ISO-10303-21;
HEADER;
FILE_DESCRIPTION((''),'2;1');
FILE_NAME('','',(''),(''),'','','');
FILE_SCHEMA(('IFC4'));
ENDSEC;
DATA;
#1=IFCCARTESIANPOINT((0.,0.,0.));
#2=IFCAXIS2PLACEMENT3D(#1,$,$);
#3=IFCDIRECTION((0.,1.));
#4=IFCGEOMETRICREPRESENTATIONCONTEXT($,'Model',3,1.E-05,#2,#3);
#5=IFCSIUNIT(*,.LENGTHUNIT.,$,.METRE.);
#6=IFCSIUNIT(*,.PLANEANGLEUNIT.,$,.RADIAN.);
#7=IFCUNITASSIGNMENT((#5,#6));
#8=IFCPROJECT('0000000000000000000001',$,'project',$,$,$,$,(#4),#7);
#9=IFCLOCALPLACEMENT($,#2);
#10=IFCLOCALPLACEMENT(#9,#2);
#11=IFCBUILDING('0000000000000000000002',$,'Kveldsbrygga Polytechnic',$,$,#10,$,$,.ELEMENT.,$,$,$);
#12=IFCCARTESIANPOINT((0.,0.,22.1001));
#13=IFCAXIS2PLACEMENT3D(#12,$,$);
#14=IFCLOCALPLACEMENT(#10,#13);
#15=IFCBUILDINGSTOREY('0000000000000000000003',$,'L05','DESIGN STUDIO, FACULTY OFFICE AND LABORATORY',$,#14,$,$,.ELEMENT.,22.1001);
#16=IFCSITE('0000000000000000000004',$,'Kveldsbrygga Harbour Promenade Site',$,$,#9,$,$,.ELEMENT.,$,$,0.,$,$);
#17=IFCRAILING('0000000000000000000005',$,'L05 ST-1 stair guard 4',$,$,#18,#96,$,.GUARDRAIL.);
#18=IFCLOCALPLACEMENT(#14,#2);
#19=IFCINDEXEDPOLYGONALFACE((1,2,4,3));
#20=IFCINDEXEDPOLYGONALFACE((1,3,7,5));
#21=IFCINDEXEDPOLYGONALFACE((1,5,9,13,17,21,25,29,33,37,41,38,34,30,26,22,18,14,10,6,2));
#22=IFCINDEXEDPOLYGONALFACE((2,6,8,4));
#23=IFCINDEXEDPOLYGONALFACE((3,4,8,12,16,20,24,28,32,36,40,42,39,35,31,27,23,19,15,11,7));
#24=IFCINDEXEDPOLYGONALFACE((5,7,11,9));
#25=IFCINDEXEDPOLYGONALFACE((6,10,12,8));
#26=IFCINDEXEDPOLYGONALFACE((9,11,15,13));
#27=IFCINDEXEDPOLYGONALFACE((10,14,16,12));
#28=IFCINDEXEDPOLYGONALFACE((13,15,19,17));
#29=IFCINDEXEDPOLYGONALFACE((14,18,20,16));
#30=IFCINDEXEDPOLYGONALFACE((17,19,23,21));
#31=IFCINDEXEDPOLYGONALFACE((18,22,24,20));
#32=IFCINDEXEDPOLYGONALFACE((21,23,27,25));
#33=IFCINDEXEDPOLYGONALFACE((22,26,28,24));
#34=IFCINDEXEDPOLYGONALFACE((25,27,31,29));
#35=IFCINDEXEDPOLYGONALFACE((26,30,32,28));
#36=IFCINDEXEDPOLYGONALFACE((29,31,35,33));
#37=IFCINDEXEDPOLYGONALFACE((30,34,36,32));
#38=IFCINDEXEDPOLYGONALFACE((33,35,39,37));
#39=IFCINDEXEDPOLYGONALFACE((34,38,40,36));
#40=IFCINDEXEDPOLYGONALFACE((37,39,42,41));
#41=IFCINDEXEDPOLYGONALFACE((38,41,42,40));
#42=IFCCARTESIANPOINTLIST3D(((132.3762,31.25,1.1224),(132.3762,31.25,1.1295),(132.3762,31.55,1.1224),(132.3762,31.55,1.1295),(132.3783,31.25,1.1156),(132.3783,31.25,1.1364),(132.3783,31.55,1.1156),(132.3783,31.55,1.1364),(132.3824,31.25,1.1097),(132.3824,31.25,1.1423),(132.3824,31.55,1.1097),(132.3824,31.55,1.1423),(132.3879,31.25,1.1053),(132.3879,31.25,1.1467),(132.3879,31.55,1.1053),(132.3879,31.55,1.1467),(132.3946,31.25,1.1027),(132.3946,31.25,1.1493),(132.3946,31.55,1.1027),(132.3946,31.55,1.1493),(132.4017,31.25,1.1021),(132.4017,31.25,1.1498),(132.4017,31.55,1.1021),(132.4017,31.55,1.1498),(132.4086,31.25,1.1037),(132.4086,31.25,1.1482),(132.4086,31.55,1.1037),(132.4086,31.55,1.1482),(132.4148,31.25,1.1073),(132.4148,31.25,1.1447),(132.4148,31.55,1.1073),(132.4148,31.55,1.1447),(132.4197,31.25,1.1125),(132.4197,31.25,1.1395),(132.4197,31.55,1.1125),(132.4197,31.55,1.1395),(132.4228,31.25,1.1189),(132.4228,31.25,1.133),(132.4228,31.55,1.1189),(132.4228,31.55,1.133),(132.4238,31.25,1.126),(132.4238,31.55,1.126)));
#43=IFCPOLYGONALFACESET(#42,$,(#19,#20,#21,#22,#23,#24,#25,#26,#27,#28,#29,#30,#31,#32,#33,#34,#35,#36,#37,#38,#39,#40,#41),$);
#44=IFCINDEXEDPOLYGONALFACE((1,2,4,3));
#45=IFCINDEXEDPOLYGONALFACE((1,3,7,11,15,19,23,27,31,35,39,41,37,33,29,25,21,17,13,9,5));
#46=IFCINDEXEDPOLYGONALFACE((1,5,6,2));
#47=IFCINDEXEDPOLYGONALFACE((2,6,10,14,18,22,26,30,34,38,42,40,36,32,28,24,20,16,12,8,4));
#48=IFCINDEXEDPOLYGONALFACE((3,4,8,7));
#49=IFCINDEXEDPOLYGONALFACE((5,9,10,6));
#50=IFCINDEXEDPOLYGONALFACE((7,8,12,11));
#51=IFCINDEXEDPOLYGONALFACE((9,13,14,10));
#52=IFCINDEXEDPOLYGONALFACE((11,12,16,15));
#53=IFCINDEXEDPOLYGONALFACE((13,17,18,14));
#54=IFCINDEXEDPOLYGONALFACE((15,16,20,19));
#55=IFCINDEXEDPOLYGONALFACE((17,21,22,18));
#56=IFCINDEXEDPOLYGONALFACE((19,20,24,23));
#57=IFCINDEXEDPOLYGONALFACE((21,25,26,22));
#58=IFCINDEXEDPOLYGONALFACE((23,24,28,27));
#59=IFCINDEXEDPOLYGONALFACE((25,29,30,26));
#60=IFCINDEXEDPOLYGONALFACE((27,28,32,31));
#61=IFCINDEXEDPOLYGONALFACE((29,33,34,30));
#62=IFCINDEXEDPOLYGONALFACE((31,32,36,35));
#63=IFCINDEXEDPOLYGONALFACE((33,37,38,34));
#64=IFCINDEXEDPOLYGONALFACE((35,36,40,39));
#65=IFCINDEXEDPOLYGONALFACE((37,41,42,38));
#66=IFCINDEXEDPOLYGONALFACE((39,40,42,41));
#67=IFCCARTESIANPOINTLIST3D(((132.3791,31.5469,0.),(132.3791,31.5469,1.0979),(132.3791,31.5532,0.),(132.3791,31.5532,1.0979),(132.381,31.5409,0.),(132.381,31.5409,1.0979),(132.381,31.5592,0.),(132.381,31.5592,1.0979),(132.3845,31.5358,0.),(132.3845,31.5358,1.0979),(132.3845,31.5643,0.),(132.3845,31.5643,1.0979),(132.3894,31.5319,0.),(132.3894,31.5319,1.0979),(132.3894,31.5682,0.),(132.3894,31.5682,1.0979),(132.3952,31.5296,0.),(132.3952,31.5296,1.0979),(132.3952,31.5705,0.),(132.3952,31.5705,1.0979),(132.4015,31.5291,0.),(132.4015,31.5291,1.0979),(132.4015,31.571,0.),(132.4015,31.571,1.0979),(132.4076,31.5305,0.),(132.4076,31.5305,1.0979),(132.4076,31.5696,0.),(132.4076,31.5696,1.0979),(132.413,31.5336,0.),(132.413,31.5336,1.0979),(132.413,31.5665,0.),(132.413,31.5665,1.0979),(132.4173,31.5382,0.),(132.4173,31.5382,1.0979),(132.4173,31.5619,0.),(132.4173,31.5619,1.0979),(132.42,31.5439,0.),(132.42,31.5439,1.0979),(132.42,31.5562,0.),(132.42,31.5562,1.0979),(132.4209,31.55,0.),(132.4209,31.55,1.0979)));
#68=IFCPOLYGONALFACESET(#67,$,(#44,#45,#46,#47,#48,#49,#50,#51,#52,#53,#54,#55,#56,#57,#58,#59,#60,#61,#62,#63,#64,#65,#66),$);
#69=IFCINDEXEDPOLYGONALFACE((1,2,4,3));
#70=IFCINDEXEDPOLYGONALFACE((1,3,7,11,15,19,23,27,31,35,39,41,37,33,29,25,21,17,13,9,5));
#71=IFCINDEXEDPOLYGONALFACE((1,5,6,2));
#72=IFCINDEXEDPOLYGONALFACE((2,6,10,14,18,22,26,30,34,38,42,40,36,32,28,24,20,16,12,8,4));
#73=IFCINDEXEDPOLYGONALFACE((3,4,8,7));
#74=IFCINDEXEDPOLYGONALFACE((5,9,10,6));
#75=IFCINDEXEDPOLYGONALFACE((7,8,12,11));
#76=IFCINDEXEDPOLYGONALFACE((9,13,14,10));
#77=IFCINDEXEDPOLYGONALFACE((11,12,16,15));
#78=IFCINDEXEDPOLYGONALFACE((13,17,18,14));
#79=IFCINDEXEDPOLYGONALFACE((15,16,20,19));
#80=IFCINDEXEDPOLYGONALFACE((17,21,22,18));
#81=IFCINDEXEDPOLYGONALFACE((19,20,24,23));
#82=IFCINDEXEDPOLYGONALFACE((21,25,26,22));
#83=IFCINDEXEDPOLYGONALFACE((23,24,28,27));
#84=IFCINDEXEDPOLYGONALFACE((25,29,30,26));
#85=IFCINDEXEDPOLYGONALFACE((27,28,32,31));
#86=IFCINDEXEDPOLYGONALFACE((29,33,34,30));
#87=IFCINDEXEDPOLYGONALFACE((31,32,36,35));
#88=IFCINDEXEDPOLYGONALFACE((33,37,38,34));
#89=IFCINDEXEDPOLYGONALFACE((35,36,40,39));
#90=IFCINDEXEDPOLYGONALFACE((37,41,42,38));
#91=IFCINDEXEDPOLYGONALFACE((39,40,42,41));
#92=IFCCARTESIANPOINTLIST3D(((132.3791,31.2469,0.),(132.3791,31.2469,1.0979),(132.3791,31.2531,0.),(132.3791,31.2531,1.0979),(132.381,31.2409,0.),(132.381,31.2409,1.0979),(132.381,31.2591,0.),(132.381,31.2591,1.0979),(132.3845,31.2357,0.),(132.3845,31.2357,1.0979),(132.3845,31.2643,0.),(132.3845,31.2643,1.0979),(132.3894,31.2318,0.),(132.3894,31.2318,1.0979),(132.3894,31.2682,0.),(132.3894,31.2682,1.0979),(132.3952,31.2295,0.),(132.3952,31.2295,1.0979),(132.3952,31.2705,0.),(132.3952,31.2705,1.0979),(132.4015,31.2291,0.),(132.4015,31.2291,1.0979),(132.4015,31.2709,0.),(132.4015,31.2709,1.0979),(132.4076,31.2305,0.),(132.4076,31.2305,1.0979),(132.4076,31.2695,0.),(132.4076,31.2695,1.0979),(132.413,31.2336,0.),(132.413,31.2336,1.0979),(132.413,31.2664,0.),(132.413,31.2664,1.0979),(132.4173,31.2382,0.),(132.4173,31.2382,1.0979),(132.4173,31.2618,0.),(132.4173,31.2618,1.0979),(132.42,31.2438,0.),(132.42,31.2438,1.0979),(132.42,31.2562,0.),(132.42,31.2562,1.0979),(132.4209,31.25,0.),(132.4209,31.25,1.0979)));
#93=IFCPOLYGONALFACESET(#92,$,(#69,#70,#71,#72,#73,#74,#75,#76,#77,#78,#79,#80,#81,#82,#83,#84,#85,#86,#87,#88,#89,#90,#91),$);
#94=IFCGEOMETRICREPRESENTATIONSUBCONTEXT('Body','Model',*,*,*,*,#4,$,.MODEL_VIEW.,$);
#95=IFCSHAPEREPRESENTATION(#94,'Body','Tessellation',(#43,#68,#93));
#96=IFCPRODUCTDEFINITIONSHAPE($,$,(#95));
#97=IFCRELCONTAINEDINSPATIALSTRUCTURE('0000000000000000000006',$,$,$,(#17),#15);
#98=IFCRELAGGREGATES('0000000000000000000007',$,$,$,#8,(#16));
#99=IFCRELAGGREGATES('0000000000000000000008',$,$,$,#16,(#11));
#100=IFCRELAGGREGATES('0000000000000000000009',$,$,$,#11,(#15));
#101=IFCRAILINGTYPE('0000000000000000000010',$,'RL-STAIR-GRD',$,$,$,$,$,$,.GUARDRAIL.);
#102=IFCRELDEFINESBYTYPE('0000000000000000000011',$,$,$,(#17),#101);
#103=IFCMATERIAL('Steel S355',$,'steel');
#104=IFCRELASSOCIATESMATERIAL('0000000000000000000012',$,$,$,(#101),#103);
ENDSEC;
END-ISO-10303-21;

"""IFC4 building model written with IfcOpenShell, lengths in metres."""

from ifc_helpers import new_model, si_unit, direction, frame, origin, origin_2d, place, context, subcontext, project, spatial, circle, extrude, material, type_object, element, save


model = new_model("IFC4")

# Units and contexts
model_context = context("Model", 3, precision=1e-05, world=origin(), true_north=direction((0.0, 1.0)))
body_context = subcontext(model_context, "Body", "Model", "MODEL_VIEW")
ifc_project = project(units=[si_unit("LENGTHUNIT", "METRE"), si_unit("PLANEANGLEUNIT", "RADIAN")], contexts=[model_context])

# Site, building, storey
site_placement = place(None, origin())
site = spatial("IfcSite", under=ifc_project, at=site_placement, Name="Kveldsbrygga Harbour Promenade Site", CompositionType="ELEMENT", RefElevation=0.0)
building_placement = place(site_placement, origin())
building = spatial("IfcBuilding", under=site, at=building_placement, Name="Kveldsbrygga Polytechnic", CompositionType="ELEMENT")
storey_placement = place(building_placement, frame((0.0, 0.0, 22.1001)))
storey = spatial("IfcBuildingStorey", under=building, at=storey_placement, Name="L05", Description="DESIGN STUDIO, FACULTY OFFICE AND LABORATORY", CompositionType="ELEMENT", Elevation=22.1001)

# Railing
ifc_material_1 = material(Name="Steel S355", Category="steel")
railing_type_1 = type_object("IfcRailingType", Name="RL-STAIR-GRD", PredefinedType="GUARDRAIL", material=ifc_material_1)
railing_1_placement = place(storey_placement, frame((132.3999, 31.55, 0.0)))
element("IfcRailing", 1, at=railing_1_placement, inside=storey, type_object=railing_type_1, Name="L05 ST-1 stair guard 4", PredefinedType="GUARDRAIL", context=body_context, shape_type="SweptSolid", body=[
    extrude(circle(Radius=0.0239, at=origin_2d()), frame((0.0, 0.0, 1.126), z_axis=(0.0, -1.0, 0.0), x_axis=(1.0, 0.0, 0.0)), (0.0, 0.0, 1.0), 0.3),
    extrude(circle(Radius=0.021, at=origin_2d()), origin(), (0.0, 0.0, 1.0), 1.0979),
    extrude(circle(Radius=0.021, at=origin_2d()), frame((0.0, -0.3, 0.0)), (0.0, 0.0, 1.0), 1.0979),
])

save(model, "model.ifc")
